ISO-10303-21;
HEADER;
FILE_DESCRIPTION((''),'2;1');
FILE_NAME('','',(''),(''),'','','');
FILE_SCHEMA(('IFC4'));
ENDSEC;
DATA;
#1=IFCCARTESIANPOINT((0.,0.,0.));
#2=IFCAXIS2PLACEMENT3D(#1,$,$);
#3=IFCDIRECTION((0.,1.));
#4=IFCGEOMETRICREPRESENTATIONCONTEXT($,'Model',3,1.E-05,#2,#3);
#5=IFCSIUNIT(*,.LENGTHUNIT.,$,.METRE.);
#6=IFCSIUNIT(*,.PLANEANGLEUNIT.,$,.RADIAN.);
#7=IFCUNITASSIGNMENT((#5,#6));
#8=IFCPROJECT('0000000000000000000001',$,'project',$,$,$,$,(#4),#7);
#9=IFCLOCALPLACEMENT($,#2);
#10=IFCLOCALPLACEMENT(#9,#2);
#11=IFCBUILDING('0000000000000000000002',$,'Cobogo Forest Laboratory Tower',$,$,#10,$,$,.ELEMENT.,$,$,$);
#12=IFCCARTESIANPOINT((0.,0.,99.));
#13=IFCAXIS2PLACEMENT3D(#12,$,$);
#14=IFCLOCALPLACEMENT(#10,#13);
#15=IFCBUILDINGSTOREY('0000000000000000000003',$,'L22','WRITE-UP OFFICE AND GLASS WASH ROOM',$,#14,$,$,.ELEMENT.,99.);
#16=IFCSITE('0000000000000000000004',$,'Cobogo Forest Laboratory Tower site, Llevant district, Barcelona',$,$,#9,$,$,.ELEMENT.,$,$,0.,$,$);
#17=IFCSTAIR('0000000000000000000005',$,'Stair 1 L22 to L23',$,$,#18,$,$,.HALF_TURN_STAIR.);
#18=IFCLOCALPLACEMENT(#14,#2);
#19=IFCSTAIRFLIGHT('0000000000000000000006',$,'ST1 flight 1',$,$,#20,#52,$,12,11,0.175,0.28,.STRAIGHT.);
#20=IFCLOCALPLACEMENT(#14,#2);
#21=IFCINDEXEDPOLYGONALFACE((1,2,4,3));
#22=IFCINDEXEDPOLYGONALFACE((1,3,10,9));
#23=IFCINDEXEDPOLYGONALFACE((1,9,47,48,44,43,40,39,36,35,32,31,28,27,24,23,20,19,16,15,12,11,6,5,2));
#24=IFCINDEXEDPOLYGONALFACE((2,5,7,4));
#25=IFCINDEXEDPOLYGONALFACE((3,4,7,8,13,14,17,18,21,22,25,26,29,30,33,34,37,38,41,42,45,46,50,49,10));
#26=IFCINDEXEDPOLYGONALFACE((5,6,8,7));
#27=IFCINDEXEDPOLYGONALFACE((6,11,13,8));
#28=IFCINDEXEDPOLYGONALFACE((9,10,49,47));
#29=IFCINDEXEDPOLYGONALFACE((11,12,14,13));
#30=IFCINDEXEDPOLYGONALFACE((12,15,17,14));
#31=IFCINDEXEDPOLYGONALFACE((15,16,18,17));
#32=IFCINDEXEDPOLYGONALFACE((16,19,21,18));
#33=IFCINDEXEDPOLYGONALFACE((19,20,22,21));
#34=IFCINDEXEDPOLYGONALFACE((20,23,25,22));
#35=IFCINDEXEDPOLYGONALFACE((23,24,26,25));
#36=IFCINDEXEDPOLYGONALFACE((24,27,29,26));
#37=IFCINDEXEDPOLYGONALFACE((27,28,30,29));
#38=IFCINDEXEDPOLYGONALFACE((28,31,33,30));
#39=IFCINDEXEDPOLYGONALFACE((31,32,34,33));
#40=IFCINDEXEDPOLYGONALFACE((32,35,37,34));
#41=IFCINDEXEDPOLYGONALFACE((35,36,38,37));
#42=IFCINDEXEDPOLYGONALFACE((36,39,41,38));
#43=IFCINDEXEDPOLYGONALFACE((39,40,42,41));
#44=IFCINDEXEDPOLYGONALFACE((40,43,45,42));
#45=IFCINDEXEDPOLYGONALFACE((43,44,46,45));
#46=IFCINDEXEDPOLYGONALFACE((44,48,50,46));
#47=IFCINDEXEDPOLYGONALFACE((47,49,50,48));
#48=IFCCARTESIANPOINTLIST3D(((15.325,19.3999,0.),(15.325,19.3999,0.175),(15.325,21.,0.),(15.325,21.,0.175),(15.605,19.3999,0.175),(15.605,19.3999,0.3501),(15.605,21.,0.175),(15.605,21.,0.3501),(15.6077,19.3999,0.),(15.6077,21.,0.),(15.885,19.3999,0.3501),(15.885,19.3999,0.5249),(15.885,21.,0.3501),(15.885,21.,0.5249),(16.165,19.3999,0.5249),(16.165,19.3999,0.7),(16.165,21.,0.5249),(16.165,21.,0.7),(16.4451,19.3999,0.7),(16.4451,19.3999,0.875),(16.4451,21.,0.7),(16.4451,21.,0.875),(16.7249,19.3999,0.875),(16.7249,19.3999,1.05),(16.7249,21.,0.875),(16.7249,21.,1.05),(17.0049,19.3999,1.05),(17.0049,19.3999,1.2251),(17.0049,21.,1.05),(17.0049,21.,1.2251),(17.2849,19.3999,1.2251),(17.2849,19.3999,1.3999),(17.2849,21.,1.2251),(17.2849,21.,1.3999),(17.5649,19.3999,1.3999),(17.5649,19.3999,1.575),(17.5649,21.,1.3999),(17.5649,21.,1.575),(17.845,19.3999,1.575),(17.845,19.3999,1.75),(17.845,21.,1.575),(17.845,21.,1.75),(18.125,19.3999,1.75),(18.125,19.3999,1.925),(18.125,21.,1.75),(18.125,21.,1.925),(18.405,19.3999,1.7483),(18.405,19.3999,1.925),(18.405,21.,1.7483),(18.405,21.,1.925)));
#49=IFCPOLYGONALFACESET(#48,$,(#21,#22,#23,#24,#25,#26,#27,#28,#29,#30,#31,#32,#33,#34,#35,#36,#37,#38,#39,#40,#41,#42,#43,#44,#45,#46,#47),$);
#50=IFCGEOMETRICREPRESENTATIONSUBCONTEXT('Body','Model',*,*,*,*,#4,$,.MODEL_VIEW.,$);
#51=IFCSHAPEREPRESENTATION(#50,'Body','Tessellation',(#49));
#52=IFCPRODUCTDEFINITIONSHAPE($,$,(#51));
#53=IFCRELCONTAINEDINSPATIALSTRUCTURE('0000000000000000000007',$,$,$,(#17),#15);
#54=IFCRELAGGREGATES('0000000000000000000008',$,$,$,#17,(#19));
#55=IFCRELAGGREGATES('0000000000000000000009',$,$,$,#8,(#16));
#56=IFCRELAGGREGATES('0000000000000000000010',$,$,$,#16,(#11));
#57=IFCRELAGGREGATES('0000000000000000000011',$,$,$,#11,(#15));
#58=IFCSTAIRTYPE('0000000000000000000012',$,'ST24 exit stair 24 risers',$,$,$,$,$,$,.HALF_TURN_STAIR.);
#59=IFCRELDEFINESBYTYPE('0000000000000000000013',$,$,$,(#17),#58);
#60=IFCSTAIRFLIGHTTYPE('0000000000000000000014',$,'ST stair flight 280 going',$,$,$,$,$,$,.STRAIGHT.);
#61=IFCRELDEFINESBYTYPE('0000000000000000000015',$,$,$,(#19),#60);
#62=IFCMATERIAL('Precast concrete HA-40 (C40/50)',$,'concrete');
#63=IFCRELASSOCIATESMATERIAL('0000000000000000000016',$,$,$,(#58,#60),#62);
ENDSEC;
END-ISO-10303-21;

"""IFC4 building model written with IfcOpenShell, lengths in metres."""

from ifc_helpers import new_model, si_unit, direction, frame, origin, place, context, subcontext, project, spatial, polyline, outline, extrude, material, type_object, element, aggregate, save


model = new_model("IFC4")

# Units and contexts
model_context = context("Model", 3, precision=1e-05, world=origin(), true_north=direction((0.0, 1.0)))
body_context = subcontext(model_context, "Body", "Model", "MODEL_VIEW")
ifc_project = project(units=[si_unit("LENGTHUNIT", "METRE"), si_unit("PLANEANGLEUNIT", "RADIAN")], contexts=[model_context])

# Site, building, storey
site_placement = place(None, origin())
site = spatial("IfcSite", under=ifc_project, at=site_placement, Name="Cobogo Forest Laboratory Tower site, Llevant district, Barcelona", CompositionType="ELEMENT", RefElevation=0.0)
building_placement = place(site_placement, origin())
building = spatial("IfcBuilding", under=site, at=building_placement, Name="Cobogo Forest Laboratory Tower", CompositionType="ELEMENT")
storey_placement = place(building_placement, frame((0.0, 0.0, 99.0)))
storey = spatial("IfcBuildingStorey", under=building, at=storey_placement, Name="L22", Description="WRITE-UP OFFICE AND GLASS WASH ROOM", CompositionType="ELEMENT", Elevation=99.0)

# Stair, stair flight
ifc_material_1 = material(Name="Precast concrete HA-40 (C40/50)", Category="concrete")
stair_type = type_object("IfcStairType", Name="ST24 exit stair 24 risers", PredefinedType="HALF_TURN_STAIR", material=ifc_material_1)
stair_placement = place(storey_placement, origin())
stair = element("IfcStair", 1, at=stair_placement, inside=storey, type_object=stair_type, Name="Stair 1 L22 to L23", PredefinedType="HALF_TURN_STAIR")
stair_flight_type = type_object("IfcStairFlightType", Name="ST stair flight 280 going", PredefinedType="STRAIGHT", material=ifc_material_1)
stair_flight_placement = place(storey_placement, frame((15.325, 20.2, 0.0), z_axis=(0.0, 0.0, 1.0), x_axis=(1.0, 0.0, 0.0)))
stair_flight = element("IfcStairFlight", 2, at=stair_flight_placement, type_object=stair_flight_type, Name="ST1 flight 1", NumberOfRisers=12, NumberOfTreads=11, PredefinedType="STRAIGHT", RiserHeight=0.175, TreadLength=0.28, context=body_context, shape_type="SweptSolid", body=[
    extrude(outline(polyline([(0.0, 0.0), (0.0, 0.175), (0.28, 0.175), (0.28, 0.3501), (0.5601, 0.3501), (0.5601, 0.5249), (0.8401, 0.5249), (0.8401, 0.7), (1.1201, 0.7), (1.1201, 0.875), (1.3999, 0.875), (1.3999, 1.05), (1.6799, 1.05), (1.6799, 1.2251), (1.96, 1.2251), (1.96, 1.3999), (2.24, 1.3999), (2.24, 1.575), (2.52, 1.575), (2.52, 1.75), (2.8, 1.75), (2.8, 1.925), (3.0801, 1.925), (3.0801, 2.1001), (3.0801, 1.7483), (0.2827, 0.0), (0.0, 0.0)])), frame((0.0, 0.8, 0.0), z_axis=(0.0, -1.0, 0.0), x_axis=(1.0, 0.0, 0.0)), (0.0, 0.0, 1.0), 1.6001),
])
aggregate(stair, [stair_flight])

save(model, "model.ifc")
